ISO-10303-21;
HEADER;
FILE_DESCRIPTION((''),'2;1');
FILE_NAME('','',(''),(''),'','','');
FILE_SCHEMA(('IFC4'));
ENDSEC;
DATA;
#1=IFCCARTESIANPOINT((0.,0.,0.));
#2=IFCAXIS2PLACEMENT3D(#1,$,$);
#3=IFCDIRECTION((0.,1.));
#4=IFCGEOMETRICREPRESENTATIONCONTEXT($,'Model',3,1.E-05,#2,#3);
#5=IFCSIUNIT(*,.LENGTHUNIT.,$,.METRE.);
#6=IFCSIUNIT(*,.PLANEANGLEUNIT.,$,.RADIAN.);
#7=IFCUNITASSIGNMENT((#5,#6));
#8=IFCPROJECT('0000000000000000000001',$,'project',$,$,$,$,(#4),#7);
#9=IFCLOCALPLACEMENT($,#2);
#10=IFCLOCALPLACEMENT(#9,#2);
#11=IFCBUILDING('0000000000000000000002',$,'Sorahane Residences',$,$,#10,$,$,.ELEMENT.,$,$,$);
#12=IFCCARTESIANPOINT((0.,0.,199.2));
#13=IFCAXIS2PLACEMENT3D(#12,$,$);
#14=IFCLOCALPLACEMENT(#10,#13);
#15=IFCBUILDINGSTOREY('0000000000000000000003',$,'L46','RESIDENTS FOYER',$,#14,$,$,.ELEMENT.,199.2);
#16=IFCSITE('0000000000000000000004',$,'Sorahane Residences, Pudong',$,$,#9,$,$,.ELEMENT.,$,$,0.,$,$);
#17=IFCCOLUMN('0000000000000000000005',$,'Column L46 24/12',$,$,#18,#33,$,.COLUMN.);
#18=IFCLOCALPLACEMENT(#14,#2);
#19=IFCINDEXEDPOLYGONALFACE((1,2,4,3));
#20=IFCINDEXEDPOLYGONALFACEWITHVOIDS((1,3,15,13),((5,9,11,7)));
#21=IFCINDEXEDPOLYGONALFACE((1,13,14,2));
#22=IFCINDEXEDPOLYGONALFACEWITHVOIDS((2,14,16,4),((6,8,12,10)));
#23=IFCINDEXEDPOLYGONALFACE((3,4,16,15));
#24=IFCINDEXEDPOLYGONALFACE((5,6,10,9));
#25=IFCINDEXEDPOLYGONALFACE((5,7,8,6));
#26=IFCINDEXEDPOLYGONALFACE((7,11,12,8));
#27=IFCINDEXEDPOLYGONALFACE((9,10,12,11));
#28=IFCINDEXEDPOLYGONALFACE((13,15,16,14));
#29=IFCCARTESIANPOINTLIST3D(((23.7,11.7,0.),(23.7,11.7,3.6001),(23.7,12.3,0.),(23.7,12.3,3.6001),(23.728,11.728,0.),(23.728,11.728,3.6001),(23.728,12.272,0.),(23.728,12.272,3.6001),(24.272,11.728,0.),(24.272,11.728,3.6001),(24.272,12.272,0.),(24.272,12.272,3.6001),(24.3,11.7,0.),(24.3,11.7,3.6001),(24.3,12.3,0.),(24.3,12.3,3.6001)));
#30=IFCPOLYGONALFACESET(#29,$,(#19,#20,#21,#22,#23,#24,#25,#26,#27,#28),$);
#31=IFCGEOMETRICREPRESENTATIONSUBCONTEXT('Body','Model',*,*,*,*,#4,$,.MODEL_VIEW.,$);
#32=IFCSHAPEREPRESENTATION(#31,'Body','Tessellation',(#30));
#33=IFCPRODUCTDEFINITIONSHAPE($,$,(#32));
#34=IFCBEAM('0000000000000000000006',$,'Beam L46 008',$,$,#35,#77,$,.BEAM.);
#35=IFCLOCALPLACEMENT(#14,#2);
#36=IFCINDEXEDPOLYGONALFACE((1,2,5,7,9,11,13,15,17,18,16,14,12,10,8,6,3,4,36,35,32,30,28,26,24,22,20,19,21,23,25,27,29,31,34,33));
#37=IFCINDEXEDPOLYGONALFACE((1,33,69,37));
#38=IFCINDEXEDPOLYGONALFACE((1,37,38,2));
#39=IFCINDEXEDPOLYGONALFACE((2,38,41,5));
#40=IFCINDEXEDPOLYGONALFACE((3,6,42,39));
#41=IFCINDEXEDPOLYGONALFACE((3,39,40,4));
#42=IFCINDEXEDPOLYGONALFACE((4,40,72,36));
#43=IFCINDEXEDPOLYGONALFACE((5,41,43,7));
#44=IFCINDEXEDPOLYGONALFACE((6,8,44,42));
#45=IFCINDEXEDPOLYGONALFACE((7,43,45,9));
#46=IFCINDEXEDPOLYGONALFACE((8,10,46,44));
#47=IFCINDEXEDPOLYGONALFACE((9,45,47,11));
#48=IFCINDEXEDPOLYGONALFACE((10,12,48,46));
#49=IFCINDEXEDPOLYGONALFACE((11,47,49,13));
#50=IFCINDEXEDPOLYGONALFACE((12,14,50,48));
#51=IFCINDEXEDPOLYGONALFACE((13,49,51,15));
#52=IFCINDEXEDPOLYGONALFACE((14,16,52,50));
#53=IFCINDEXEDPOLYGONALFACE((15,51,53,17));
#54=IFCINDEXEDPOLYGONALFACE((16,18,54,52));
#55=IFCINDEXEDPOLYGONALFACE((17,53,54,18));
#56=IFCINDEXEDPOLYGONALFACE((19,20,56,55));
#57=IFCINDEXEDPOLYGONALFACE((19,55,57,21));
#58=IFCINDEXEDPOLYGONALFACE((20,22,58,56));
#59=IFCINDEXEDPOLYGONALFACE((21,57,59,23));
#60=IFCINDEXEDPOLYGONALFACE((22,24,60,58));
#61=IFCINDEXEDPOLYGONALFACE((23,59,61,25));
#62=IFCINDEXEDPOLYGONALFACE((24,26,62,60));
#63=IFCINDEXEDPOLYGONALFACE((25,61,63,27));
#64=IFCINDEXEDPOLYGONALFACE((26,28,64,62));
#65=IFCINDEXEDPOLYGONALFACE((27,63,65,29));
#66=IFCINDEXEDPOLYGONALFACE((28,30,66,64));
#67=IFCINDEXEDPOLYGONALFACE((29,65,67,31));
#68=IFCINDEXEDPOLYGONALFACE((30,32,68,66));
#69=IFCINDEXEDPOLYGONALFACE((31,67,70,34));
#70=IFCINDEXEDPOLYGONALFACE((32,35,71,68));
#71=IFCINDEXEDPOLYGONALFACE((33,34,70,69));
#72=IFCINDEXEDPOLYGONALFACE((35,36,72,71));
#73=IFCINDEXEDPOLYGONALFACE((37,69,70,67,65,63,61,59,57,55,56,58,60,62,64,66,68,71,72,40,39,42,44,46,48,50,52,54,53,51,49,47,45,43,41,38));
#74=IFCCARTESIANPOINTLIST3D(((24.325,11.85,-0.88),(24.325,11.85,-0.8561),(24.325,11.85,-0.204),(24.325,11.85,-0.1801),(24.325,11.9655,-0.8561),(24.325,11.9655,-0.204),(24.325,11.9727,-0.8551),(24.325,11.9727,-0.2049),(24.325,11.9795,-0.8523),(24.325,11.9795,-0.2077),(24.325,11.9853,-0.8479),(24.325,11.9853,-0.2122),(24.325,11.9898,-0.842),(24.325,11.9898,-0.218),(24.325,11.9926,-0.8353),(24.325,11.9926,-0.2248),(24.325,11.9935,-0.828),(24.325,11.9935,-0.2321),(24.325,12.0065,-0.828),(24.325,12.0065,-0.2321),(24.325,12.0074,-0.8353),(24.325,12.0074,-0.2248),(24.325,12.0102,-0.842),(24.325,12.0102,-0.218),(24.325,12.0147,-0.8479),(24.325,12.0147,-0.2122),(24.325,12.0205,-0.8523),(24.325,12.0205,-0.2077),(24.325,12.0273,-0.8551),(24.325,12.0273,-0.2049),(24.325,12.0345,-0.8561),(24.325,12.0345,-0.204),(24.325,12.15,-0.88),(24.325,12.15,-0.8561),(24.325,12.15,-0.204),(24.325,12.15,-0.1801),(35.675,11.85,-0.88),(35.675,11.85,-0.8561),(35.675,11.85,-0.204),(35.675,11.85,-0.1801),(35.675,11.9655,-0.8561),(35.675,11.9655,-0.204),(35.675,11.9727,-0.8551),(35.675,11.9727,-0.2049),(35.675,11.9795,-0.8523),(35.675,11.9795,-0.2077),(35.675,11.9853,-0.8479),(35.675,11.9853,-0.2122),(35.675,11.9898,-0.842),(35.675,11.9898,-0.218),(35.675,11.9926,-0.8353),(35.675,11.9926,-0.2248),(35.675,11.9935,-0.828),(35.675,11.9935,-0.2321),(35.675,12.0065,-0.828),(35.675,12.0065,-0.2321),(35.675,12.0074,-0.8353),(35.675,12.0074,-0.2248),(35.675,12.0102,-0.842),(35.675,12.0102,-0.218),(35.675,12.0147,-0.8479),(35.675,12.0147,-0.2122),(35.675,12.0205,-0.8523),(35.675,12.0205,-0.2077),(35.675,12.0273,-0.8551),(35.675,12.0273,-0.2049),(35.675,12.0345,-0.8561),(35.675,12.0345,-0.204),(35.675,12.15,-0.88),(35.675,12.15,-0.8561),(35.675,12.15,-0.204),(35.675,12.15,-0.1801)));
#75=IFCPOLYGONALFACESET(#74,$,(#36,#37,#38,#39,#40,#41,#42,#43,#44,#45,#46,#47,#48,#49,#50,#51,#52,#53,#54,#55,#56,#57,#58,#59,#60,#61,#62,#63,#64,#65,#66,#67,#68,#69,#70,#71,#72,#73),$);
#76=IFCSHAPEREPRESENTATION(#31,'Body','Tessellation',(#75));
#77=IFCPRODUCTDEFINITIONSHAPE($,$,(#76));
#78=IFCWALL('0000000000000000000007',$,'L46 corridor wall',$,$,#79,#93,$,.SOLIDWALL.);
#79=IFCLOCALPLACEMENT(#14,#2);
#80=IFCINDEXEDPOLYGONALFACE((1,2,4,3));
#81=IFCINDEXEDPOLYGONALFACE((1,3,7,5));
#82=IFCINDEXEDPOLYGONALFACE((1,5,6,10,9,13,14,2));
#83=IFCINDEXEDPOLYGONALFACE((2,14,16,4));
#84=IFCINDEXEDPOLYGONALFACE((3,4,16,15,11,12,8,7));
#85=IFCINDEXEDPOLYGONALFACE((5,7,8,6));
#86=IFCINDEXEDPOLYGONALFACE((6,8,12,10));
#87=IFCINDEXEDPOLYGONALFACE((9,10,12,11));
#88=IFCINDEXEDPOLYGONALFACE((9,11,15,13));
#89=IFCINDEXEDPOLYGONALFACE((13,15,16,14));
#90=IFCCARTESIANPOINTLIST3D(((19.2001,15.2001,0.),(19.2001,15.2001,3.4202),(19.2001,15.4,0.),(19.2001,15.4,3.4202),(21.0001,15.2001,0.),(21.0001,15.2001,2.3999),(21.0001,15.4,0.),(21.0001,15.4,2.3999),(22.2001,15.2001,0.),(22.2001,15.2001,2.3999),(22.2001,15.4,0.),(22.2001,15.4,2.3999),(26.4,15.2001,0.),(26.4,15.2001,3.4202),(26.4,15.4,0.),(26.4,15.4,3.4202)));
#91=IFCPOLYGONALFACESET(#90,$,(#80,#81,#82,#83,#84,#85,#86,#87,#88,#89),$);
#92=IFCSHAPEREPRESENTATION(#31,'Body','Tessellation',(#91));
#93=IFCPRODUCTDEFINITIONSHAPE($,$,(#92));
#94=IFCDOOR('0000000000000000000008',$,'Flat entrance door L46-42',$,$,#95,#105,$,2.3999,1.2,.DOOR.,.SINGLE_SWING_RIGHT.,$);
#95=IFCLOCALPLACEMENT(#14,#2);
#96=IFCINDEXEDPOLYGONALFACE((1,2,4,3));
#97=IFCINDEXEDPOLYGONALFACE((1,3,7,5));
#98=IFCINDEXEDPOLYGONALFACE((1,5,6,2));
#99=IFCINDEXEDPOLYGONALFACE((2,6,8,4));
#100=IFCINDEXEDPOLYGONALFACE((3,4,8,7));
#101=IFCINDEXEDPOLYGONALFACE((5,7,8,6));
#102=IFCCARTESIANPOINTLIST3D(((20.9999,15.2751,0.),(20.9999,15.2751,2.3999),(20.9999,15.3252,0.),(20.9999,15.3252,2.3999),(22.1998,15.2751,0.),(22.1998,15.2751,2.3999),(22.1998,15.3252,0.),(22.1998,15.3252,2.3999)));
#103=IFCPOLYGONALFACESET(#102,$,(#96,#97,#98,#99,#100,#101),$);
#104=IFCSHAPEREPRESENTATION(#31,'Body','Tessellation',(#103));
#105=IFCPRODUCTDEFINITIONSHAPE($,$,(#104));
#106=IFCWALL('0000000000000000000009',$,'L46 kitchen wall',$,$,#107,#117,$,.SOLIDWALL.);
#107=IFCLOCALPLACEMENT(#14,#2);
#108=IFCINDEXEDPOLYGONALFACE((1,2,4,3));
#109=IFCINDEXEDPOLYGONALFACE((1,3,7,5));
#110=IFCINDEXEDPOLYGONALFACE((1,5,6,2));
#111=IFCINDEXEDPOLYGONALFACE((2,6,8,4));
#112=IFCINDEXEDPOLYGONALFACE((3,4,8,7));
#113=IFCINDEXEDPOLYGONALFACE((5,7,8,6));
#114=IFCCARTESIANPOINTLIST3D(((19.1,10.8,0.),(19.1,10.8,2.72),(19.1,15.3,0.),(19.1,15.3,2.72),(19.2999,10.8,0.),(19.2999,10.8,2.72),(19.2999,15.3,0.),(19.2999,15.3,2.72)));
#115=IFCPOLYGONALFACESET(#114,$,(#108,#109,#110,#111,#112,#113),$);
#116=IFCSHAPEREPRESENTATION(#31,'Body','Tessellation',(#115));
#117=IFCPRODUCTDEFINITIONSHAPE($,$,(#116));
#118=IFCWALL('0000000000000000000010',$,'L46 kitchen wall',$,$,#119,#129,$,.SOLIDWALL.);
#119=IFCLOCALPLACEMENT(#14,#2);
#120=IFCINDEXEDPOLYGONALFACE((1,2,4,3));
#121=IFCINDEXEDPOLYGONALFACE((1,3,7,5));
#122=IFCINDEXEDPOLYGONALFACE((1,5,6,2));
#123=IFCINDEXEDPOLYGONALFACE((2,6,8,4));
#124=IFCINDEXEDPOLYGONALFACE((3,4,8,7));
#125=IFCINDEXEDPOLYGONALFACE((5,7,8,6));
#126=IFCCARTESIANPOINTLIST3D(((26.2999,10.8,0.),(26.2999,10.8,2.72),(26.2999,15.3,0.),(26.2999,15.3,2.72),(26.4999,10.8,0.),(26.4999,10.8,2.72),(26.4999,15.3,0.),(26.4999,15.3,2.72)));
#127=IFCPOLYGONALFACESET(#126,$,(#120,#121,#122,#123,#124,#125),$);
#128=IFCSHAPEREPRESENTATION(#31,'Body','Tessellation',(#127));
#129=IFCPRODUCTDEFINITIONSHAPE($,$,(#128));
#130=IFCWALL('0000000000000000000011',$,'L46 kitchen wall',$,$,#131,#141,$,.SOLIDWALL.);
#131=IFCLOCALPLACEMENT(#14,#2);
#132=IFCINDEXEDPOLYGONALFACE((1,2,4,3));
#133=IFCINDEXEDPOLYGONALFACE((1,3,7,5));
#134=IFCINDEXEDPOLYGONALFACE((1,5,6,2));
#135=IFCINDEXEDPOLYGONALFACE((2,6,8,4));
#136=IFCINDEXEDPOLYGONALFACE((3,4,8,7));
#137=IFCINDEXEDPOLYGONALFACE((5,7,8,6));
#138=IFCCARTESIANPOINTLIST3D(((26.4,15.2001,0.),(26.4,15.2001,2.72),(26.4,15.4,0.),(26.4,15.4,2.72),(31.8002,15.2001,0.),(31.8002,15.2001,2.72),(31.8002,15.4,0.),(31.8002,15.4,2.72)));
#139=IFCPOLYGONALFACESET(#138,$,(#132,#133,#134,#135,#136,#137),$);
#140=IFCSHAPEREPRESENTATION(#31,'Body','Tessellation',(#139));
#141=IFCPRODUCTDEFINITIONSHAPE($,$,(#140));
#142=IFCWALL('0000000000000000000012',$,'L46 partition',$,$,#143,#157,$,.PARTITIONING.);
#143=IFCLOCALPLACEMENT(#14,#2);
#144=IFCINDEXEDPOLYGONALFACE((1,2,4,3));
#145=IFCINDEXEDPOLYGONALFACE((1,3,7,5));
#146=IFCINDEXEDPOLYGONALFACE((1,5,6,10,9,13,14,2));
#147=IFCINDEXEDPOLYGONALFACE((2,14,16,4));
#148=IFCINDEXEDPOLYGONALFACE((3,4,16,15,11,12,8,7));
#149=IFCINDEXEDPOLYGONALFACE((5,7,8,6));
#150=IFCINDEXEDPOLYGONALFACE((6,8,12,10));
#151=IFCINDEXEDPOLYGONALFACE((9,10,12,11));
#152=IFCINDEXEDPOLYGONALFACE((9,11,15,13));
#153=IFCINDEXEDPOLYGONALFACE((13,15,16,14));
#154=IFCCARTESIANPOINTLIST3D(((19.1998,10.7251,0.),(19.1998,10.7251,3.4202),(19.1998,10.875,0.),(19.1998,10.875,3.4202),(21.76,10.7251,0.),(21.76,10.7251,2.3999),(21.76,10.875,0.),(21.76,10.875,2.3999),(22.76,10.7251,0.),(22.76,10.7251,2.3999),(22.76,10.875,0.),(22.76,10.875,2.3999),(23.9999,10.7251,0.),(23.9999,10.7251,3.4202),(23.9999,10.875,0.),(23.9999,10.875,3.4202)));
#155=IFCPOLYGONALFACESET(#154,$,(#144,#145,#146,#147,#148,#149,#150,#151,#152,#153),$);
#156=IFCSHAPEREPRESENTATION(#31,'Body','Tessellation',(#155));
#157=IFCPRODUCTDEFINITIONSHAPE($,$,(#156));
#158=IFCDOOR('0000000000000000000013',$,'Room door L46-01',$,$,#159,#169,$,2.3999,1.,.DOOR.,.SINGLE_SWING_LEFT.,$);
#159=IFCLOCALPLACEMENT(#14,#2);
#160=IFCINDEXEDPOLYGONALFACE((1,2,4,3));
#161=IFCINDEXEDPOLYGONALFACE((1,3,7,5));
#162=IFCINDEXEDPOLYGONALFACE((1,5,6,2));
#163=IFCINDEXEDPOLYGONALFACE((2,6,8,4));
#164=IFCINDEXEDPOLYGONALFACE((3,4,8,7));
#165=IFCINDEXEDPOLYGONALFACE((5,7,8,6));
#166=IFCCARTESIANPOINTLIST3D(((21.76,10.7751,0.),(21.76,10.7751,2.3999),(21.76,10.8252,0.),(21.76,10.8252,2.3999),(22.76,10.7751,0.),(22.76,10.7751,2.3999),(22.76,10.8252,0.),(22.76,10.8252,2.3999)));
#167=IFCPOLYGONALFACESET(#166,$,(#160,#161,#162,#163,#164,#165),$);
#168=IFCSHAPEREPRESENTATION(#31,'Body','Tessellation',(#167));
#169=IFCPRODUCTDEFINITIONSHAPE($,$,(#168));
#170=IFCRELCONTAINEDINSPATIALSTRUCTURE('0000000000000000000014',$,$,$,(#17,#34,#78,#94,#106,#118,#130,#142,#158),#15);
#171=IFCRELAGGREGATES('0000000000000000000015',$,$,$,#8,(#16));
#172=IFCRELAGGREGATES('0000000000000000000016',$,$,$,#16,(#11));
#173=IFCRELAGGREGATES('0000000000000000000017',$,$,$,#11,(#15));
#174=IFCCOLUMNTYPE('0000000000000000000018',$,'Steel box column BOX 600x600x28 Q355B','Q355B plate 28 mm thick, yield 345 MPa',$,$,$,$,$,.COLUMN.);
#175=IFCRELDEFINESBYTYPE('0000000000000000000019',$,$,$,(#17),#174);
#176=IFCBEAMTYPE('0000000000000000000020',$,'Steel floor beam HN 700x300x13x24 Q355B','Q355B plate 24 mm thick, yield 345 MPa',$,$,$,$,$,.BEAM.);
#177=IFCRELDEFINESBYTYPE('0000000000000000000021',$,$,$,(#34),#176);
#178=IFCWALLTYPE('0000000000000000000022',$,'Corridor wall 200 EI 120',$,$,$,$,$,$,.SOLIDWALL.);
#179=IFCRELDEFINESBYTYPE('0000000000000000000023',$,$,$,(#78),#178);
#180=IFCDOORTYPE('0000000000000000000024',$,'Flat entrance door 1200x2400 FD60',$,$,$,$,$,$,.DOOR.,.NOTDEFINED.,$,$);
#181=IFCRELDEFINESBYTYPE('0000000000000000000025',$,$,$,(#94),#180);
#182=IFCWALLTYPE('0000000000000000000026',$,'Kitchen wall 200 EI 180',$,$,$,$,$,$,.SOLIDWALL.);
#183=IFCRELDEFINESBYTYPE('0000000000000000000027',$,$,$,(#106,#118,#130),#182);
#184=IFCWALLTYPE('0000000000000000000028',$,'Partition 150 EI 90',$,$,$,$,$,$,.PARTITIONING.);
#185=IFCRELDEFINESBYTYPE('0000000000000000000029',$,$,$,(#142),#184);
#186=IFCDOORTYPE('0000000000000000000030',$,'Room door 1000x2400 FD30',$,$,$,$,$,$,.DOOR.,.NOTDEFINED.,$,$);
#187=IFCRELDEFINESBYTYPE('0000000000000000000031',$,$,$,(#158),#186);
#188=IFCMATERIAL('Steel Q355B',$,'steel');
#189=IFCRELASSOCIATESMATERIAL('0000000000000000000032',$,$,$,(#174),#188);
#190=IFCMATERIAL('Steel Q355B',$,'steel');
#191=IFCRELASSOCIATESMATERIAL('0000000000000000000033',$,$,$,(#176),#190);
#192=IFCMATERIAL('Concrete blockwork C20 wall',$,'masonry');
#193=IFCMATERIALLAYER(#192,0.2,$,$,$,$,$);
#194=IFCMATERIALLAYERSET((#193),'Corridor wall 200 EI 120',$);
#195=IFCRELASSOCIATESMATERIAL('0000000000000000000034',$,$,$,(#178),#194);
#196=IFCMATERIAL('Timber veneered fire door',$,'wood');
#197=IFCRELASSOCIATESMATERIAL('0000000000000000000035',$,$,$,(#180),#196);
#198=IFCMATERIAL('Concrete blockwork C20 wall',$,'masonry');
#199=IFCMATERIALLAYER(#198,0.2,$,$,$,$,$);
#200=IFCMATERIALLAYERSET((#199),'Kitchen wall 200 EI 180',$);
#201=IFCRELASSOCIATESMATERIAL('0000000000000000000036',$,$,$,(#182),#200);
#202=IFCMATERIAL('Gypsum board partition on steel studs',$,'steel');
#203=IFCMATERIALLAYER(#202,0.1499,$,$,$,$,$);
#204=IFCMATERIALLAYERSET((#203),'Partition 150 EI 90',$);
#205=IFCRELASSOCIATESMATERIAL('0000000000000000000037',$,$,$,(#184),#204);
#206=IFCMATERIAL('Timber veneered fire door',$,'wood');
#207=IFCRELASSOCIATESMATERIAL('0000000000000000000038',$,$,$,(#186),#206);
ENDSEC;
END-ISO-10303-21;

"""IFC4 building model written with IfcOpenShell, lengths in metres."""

from ifc_helpers import new_model, si_unit, direction, frame, frame_2d, origin, origin_2d, place, context, subcontext, project, spatial, rectangle, hollow_rectangle, i_section, extrude, material, layer, layer_set, material_profile, profile_set, type_object, element, fill, save


model = new_model("IFC4")

# Units and contexts
model_context = context("Model", 3, precision=1e-05, world=origin(), true_north=direction((0.0, 1.0)))
body_context = subcontext(model_context, "Body", "Model", "MODEL_VIEW")
ifc_project = project(units=[si_unit("LENGTHUNIT", "METRE"), si_unit("PLANEANGLEUNIT", "RADIAN")], contexts=[model_context])

# Site, building, storey
site_placement = place(None, origin())
site = spatial("IfcSite", under=ifc_project, at=site_placement, Name="Sorahane Residences, Pudong", CompositionType="ELEMENT", RefElevation=0.0)
building_placement = place(site_placement, origin())
building = spatial("IfcBuilding", under=site, at=building_placement, Name="Sorahane Residences", CompositionType="ELEMENT")
storey_placement = place(building_placement, frame((0.0, 0.0, 199.2)))
storey = spatial("IfcBuildingStorey", under=building, at=storey_placement, Name="L46", Description="RESIDENTS FOYER", CompositionType="ELEMENT", Elevation=199.2)

# Column
ifc_material_1 = material(Name="Steel Q355B", Category="steel")
ifc_material_profile_1 = material_profile(ifc_material_1, hollow_rectangle(XDim=0.6001, YDim=0.6001, WallThickness=0.0281, at=origin_2d()), Name="BOX 600x600x28")
ifc_profile_set_1 = profile_set([ifc_material_profile_1], Name="Steel Q355B")
column_type = type_object("IfcColumnType", Name="Steel box column BOX 600x600x28 Q355B", Description="Q355B plate 28 mm thick, yield 345 MPa", PredefinedType="COLUMN", material=ifc_profile_set_1)
column_placement = place(storey_placement, frame((24.0, 12.0, 0.0), z_axis=(0.0, 0.0, 1.0), x_axis=(1.0, 0.0, 0.0)))
element("IfcColumn", 1, at=column_placement, inside=storey, type_object=column_type, Name="Column L46 24/12", PredefinedType="COLUMN", context=body_context, shape_type="SweptSolid", body=[
    extrude(hollow_rectangle(XDim=0.6001, YDim=0.6001, WallThickness=0.0281, at=origin_2d()), origin(), (0.0, 0.0, 1.0), 3.6001),
])

# Beam
ifc_material_2 = material(Name="Steel Q355B", Category="steel")
ifc_material_profile_2 = material_profile(ifc_material_2, i_section(OverallWidth=0.3, OverallDepth=0.7, WebThickness=0.0129, FlangeThickness=0.0239, FilletRadius=0.0281, at=origin_2d()), Name="HN 700x300x13x24")
ifc_profile_set_2 = profile_set([ifc_material_profile_2], Name="Steel Q355B")
beam_type = type_object("IfcBeamType", Name="Steel floor beam HN 700x300x13x24 Q355B", Description="Q355B plate 24 mm thick, yield 345 MPa", PredefinedType="BEAM", material=ifc_profile_set_2)
beam_placement = place(storey_placement, frame((24.325, 12.0, -0.53), z_axis=(1.0, 0.0, 0.0), x_axis=(0.0, 1.0, 0.0)))
element("IfcBeam", 2, at=beam_placement, inside=storey, type_object=beam_type, Name="Beam L46 008", PredefinedType="BEAM", context=body_context, shape_type="SweptSolid", body=[
    extrude(i_section(OverallWidth=0.3, OverallDepth=0.7, WebThickness=0.0129, FlangeThickness=0.0239, FilletRadius=0.0281, at=origin_2d()), origin(), (0.0, 0.0, 1.0), 11.3501),
])

# Wall, opening, door
ifc_material_3 = material(Name="Concrete blockwork C20 wall", Category="masonry")
ifc_layer_1 = layer(ifc_material_3, 0.2)
ifc_layer_set_1 = layer_set([ifc_layer_1], Name="Corridor wall 200 EI 120")
wall_type_1 = type_object("IfcWallType", Name="Corridor wall 200 EI 120", PredefinedType="SOLIDWALL", material=ifc_layer_set_1)
wall_1_placement = place(storey_placement, frame((19.2, 15.3, 0.0), z_axis=(0.0, 0.0, 1.0), x_axis=(1.0, 0.0, 0.0)))
wall_1 = element("IfcWall", 3, at=wall_1_placement, inside=storey, type_object=wall_type_1, Name="L46 corridor wall", PredefinedType="SOLIDWALL", context=body_context, shape_type="SweptSolid", body=[
    extrude(rectangle(XDim=7.2, YDim=0.2, at=frame_2d((3.6001, 0.0))), origin(), (0.0, 0.0, 1.0), 3.4202),
])
opening_1_placement = place(wall_1_placement, frame((1.8, 0.0, 0.0)))
opening_1 = element("IfcOpeningElement", 4, at=opening_1_placement, cuts=wall_1, PredefinedType="OPENING", context=body_context, shape_type="SweptSolid", body=[
    extrude(rectangle(XDim=1.2, YDim=2.3999, at=frame_2d((0.6001, 1.2))), frame((0.0, 0.1099, 0.0), z_axis=(0.0, -1.0, 0.0), x_axis=(1.0, 0.0, 0.0)), (0.0, 0.0, 1.0), 0.22),
])
ifc_material_4 = material(Name="Timber veneered fire door", Category="wood")
door_type_1 = type_object("IfcDoorType", Name="Flat entrance door 1200x2400 FD60", OperationType="NOTDEFINED", PredefinedType="DOOR", material=ifc_material_4)
door_1_placement = place(opening_1_placement, frame((1.2, 0.0, 0.0), z_axis=(0.0, 0.0, 1.0), x_axis=(-1.0, 0.0, 0.0)))
door_1 = element("IfcDoor", 5, at=door_1_placement, inside=storey, type_object=door_type_1, Name="Flat entrance door L46-42", OperationType="SINGLE_SWING_RIGHT", OverallHeight=2.3999, OverallWidth=1.2, PredefinedType="DOOR", context=body_context, shape_type="SweptSolid", body=[
    extrude(rectangle(XDim=1.2, YDim=2.3999, at=frame_2d((0.6001, 1.2))), frame((0.0, 0.0249, 0.0), z_axis=(0.0, -1.0, 0.0), x_axis=(1.0, 0.0, 0.0)), (0.0, 0.0, 1.0), 0.05),
])
fill(opening_1, door_1)

# Walls
ifc_material_5 = material(Name="Concrete blockwork C20 wall", Category="masonry")
ifc_layer_2 = layer(ifc_material_5, 0.2)
ifc_layer_set_2 = layer_set([ifc_layer_2], Name="Kitchen wall 200 EI 180")
wall_type_2 = type_object("IfcWallType", Name="Kitchen wall 200 EI 180", PredefinedType="SOLIDWALL", material=ifc_layer_set_2)
for number, where, z_axis, x_axis, name in (
    (6, (19.2, 10.8, 0.0), (0.0, 0.0, 1.0), (0.0, 1.0, 0.0), "L46 kitchen wall"),
    (7, (26.3999, 10.8, 0.0), (0.0, 0.0, 1.0), (0.0, 1.0, 0.0), "L46 kitchen wall"),
):
    element("IfcWall", number, at=place(storey_placement, frame(where, z_axis=z_axis, x_axis=x_axis)), inside=storey, type_object=wall_type_2, Name=name, PredefinedType="SOLIDWALL", context=body_context, shape_type="SweptSolid", body=[
        extrude(rectangle(XDim=4.5, YDim=0.2, at=frame_2d((2.25, 0.0))), origin(), (0.0, 0.0, 1.0), 2.72),
    ])

# Wall
wall_2_placement = place(storey_placement, frame((26.3999, 15.3, 0.0), z_axis=(0.0, 0.0, 1.0), x_axis=(1.0, 0.0, 0.0)))
element("IfcWall", 8, at=wall_2_placement, inside=storey, type_object=wall_type_2, Name="L46 kitchen wall", PredefinedType="SOLIDWALL", context=body_context, shape_type="SweptSolid", body=[
    extrude(rectangle(XDim=5.4001, YDim=0.2, at=frame_2d((2.7002, 0.0))), origin(), (0.0, 0.0, 1.0), 2.72),
])

# Wall, opening, door
ifc_material_6 = material(Name="Gypsum board partition on steel studs", Category="steel")
ifc_layer_3 = layer(ifc_material_6, 0.1499)
ifc_layer_set_3 = layer_set([ifc_layer_3], Name="Partition 150 EI 90")
wall_type_3 = type_object("IfcWallType", Name="Partition 150 EI 90", PredefinedType="PARTITIONING", material=ifc_layer_set_3)
wall_3_placement = place(storey_placement, frame((19.2, 10.8, 0.0), z_axis=(0.0, 0.0, 1.0), x_axis=(1.0, 0.0, 0.0)))
wall_3 = element("IfcWall", 9, at=wall_3_placement, inside=storey, type_object=wall_type_3, Name="L46 partition", PredefinedType="PARTITIONING", context=body_context, shape_type="SweptSolid", body=[
    extrude(rectangle(XDim=4.8, YDim=0.1499, at=frame_2d((2.3999, 0.0))), origin(), (0.0, 0.0, 1.0), 3.4202),
])
opening_2_placement = place(wall_3_placement, frame((2.5601, 0.0, 0.0)))
opening_2 = element("IfcOpeningElement", 10, at=opening_2_placement, cuts=wall_3, PredefinedType="OPENING", context=body_context, shape_type="SweptSolid", body=[
    extrude(rectangle(XDim=1.0, YDim=2.3999, at=frame_2d((0.5, 1.2))), frame((0.0, 0.085, 0.0), z_axis=(0.0, -1.0, 0.0), x_axis=(1.0, 0.0, 0.0)), (0.0, 0.0, 1.0), 0.1699),
])
ifc_material_7 = material(Name="Timber veneered fire door", Category="wood")
door_type_2 = type_object("IfcDoorType", Name="Room door 1000x2400 FD30", OperationType="NOTDEFINED", PredefinedType="DOOR", material=ifc_material_7)
door_2_placement = place(opening_2_placement, frame((1.0, 0.0, 0.0), z_axis=(0.0, 0.0, 1.0), x_axis=(-1.0, 0.0, 0.0)))
door_2 = element("IfcDoor", 11, at=door_2_placement, inside=storey, type_object=door_type_2, Name="Room door L46-01", OperationType="SINGLE_SWING_LEFT", OverallHeight=2.3999, OverallWidth=1.0, PredefinedType="DOOR", context=body_context, shape_type="SweptSolid", body=[
    extrude(rectangle(XDim=1.0, YDim=2.3999, at=frame_2d((0.5, 1.2))), frame((0.0, 0.0249, 0.0), z_axis=(0.0, -1.0, 0.0), x_axis=(1.0, 0.0, 0.0)), (0.0, 0.0, 1.0), 0.05),
])
fill(opening_2, door_2)

save(model, "model.ifc")
